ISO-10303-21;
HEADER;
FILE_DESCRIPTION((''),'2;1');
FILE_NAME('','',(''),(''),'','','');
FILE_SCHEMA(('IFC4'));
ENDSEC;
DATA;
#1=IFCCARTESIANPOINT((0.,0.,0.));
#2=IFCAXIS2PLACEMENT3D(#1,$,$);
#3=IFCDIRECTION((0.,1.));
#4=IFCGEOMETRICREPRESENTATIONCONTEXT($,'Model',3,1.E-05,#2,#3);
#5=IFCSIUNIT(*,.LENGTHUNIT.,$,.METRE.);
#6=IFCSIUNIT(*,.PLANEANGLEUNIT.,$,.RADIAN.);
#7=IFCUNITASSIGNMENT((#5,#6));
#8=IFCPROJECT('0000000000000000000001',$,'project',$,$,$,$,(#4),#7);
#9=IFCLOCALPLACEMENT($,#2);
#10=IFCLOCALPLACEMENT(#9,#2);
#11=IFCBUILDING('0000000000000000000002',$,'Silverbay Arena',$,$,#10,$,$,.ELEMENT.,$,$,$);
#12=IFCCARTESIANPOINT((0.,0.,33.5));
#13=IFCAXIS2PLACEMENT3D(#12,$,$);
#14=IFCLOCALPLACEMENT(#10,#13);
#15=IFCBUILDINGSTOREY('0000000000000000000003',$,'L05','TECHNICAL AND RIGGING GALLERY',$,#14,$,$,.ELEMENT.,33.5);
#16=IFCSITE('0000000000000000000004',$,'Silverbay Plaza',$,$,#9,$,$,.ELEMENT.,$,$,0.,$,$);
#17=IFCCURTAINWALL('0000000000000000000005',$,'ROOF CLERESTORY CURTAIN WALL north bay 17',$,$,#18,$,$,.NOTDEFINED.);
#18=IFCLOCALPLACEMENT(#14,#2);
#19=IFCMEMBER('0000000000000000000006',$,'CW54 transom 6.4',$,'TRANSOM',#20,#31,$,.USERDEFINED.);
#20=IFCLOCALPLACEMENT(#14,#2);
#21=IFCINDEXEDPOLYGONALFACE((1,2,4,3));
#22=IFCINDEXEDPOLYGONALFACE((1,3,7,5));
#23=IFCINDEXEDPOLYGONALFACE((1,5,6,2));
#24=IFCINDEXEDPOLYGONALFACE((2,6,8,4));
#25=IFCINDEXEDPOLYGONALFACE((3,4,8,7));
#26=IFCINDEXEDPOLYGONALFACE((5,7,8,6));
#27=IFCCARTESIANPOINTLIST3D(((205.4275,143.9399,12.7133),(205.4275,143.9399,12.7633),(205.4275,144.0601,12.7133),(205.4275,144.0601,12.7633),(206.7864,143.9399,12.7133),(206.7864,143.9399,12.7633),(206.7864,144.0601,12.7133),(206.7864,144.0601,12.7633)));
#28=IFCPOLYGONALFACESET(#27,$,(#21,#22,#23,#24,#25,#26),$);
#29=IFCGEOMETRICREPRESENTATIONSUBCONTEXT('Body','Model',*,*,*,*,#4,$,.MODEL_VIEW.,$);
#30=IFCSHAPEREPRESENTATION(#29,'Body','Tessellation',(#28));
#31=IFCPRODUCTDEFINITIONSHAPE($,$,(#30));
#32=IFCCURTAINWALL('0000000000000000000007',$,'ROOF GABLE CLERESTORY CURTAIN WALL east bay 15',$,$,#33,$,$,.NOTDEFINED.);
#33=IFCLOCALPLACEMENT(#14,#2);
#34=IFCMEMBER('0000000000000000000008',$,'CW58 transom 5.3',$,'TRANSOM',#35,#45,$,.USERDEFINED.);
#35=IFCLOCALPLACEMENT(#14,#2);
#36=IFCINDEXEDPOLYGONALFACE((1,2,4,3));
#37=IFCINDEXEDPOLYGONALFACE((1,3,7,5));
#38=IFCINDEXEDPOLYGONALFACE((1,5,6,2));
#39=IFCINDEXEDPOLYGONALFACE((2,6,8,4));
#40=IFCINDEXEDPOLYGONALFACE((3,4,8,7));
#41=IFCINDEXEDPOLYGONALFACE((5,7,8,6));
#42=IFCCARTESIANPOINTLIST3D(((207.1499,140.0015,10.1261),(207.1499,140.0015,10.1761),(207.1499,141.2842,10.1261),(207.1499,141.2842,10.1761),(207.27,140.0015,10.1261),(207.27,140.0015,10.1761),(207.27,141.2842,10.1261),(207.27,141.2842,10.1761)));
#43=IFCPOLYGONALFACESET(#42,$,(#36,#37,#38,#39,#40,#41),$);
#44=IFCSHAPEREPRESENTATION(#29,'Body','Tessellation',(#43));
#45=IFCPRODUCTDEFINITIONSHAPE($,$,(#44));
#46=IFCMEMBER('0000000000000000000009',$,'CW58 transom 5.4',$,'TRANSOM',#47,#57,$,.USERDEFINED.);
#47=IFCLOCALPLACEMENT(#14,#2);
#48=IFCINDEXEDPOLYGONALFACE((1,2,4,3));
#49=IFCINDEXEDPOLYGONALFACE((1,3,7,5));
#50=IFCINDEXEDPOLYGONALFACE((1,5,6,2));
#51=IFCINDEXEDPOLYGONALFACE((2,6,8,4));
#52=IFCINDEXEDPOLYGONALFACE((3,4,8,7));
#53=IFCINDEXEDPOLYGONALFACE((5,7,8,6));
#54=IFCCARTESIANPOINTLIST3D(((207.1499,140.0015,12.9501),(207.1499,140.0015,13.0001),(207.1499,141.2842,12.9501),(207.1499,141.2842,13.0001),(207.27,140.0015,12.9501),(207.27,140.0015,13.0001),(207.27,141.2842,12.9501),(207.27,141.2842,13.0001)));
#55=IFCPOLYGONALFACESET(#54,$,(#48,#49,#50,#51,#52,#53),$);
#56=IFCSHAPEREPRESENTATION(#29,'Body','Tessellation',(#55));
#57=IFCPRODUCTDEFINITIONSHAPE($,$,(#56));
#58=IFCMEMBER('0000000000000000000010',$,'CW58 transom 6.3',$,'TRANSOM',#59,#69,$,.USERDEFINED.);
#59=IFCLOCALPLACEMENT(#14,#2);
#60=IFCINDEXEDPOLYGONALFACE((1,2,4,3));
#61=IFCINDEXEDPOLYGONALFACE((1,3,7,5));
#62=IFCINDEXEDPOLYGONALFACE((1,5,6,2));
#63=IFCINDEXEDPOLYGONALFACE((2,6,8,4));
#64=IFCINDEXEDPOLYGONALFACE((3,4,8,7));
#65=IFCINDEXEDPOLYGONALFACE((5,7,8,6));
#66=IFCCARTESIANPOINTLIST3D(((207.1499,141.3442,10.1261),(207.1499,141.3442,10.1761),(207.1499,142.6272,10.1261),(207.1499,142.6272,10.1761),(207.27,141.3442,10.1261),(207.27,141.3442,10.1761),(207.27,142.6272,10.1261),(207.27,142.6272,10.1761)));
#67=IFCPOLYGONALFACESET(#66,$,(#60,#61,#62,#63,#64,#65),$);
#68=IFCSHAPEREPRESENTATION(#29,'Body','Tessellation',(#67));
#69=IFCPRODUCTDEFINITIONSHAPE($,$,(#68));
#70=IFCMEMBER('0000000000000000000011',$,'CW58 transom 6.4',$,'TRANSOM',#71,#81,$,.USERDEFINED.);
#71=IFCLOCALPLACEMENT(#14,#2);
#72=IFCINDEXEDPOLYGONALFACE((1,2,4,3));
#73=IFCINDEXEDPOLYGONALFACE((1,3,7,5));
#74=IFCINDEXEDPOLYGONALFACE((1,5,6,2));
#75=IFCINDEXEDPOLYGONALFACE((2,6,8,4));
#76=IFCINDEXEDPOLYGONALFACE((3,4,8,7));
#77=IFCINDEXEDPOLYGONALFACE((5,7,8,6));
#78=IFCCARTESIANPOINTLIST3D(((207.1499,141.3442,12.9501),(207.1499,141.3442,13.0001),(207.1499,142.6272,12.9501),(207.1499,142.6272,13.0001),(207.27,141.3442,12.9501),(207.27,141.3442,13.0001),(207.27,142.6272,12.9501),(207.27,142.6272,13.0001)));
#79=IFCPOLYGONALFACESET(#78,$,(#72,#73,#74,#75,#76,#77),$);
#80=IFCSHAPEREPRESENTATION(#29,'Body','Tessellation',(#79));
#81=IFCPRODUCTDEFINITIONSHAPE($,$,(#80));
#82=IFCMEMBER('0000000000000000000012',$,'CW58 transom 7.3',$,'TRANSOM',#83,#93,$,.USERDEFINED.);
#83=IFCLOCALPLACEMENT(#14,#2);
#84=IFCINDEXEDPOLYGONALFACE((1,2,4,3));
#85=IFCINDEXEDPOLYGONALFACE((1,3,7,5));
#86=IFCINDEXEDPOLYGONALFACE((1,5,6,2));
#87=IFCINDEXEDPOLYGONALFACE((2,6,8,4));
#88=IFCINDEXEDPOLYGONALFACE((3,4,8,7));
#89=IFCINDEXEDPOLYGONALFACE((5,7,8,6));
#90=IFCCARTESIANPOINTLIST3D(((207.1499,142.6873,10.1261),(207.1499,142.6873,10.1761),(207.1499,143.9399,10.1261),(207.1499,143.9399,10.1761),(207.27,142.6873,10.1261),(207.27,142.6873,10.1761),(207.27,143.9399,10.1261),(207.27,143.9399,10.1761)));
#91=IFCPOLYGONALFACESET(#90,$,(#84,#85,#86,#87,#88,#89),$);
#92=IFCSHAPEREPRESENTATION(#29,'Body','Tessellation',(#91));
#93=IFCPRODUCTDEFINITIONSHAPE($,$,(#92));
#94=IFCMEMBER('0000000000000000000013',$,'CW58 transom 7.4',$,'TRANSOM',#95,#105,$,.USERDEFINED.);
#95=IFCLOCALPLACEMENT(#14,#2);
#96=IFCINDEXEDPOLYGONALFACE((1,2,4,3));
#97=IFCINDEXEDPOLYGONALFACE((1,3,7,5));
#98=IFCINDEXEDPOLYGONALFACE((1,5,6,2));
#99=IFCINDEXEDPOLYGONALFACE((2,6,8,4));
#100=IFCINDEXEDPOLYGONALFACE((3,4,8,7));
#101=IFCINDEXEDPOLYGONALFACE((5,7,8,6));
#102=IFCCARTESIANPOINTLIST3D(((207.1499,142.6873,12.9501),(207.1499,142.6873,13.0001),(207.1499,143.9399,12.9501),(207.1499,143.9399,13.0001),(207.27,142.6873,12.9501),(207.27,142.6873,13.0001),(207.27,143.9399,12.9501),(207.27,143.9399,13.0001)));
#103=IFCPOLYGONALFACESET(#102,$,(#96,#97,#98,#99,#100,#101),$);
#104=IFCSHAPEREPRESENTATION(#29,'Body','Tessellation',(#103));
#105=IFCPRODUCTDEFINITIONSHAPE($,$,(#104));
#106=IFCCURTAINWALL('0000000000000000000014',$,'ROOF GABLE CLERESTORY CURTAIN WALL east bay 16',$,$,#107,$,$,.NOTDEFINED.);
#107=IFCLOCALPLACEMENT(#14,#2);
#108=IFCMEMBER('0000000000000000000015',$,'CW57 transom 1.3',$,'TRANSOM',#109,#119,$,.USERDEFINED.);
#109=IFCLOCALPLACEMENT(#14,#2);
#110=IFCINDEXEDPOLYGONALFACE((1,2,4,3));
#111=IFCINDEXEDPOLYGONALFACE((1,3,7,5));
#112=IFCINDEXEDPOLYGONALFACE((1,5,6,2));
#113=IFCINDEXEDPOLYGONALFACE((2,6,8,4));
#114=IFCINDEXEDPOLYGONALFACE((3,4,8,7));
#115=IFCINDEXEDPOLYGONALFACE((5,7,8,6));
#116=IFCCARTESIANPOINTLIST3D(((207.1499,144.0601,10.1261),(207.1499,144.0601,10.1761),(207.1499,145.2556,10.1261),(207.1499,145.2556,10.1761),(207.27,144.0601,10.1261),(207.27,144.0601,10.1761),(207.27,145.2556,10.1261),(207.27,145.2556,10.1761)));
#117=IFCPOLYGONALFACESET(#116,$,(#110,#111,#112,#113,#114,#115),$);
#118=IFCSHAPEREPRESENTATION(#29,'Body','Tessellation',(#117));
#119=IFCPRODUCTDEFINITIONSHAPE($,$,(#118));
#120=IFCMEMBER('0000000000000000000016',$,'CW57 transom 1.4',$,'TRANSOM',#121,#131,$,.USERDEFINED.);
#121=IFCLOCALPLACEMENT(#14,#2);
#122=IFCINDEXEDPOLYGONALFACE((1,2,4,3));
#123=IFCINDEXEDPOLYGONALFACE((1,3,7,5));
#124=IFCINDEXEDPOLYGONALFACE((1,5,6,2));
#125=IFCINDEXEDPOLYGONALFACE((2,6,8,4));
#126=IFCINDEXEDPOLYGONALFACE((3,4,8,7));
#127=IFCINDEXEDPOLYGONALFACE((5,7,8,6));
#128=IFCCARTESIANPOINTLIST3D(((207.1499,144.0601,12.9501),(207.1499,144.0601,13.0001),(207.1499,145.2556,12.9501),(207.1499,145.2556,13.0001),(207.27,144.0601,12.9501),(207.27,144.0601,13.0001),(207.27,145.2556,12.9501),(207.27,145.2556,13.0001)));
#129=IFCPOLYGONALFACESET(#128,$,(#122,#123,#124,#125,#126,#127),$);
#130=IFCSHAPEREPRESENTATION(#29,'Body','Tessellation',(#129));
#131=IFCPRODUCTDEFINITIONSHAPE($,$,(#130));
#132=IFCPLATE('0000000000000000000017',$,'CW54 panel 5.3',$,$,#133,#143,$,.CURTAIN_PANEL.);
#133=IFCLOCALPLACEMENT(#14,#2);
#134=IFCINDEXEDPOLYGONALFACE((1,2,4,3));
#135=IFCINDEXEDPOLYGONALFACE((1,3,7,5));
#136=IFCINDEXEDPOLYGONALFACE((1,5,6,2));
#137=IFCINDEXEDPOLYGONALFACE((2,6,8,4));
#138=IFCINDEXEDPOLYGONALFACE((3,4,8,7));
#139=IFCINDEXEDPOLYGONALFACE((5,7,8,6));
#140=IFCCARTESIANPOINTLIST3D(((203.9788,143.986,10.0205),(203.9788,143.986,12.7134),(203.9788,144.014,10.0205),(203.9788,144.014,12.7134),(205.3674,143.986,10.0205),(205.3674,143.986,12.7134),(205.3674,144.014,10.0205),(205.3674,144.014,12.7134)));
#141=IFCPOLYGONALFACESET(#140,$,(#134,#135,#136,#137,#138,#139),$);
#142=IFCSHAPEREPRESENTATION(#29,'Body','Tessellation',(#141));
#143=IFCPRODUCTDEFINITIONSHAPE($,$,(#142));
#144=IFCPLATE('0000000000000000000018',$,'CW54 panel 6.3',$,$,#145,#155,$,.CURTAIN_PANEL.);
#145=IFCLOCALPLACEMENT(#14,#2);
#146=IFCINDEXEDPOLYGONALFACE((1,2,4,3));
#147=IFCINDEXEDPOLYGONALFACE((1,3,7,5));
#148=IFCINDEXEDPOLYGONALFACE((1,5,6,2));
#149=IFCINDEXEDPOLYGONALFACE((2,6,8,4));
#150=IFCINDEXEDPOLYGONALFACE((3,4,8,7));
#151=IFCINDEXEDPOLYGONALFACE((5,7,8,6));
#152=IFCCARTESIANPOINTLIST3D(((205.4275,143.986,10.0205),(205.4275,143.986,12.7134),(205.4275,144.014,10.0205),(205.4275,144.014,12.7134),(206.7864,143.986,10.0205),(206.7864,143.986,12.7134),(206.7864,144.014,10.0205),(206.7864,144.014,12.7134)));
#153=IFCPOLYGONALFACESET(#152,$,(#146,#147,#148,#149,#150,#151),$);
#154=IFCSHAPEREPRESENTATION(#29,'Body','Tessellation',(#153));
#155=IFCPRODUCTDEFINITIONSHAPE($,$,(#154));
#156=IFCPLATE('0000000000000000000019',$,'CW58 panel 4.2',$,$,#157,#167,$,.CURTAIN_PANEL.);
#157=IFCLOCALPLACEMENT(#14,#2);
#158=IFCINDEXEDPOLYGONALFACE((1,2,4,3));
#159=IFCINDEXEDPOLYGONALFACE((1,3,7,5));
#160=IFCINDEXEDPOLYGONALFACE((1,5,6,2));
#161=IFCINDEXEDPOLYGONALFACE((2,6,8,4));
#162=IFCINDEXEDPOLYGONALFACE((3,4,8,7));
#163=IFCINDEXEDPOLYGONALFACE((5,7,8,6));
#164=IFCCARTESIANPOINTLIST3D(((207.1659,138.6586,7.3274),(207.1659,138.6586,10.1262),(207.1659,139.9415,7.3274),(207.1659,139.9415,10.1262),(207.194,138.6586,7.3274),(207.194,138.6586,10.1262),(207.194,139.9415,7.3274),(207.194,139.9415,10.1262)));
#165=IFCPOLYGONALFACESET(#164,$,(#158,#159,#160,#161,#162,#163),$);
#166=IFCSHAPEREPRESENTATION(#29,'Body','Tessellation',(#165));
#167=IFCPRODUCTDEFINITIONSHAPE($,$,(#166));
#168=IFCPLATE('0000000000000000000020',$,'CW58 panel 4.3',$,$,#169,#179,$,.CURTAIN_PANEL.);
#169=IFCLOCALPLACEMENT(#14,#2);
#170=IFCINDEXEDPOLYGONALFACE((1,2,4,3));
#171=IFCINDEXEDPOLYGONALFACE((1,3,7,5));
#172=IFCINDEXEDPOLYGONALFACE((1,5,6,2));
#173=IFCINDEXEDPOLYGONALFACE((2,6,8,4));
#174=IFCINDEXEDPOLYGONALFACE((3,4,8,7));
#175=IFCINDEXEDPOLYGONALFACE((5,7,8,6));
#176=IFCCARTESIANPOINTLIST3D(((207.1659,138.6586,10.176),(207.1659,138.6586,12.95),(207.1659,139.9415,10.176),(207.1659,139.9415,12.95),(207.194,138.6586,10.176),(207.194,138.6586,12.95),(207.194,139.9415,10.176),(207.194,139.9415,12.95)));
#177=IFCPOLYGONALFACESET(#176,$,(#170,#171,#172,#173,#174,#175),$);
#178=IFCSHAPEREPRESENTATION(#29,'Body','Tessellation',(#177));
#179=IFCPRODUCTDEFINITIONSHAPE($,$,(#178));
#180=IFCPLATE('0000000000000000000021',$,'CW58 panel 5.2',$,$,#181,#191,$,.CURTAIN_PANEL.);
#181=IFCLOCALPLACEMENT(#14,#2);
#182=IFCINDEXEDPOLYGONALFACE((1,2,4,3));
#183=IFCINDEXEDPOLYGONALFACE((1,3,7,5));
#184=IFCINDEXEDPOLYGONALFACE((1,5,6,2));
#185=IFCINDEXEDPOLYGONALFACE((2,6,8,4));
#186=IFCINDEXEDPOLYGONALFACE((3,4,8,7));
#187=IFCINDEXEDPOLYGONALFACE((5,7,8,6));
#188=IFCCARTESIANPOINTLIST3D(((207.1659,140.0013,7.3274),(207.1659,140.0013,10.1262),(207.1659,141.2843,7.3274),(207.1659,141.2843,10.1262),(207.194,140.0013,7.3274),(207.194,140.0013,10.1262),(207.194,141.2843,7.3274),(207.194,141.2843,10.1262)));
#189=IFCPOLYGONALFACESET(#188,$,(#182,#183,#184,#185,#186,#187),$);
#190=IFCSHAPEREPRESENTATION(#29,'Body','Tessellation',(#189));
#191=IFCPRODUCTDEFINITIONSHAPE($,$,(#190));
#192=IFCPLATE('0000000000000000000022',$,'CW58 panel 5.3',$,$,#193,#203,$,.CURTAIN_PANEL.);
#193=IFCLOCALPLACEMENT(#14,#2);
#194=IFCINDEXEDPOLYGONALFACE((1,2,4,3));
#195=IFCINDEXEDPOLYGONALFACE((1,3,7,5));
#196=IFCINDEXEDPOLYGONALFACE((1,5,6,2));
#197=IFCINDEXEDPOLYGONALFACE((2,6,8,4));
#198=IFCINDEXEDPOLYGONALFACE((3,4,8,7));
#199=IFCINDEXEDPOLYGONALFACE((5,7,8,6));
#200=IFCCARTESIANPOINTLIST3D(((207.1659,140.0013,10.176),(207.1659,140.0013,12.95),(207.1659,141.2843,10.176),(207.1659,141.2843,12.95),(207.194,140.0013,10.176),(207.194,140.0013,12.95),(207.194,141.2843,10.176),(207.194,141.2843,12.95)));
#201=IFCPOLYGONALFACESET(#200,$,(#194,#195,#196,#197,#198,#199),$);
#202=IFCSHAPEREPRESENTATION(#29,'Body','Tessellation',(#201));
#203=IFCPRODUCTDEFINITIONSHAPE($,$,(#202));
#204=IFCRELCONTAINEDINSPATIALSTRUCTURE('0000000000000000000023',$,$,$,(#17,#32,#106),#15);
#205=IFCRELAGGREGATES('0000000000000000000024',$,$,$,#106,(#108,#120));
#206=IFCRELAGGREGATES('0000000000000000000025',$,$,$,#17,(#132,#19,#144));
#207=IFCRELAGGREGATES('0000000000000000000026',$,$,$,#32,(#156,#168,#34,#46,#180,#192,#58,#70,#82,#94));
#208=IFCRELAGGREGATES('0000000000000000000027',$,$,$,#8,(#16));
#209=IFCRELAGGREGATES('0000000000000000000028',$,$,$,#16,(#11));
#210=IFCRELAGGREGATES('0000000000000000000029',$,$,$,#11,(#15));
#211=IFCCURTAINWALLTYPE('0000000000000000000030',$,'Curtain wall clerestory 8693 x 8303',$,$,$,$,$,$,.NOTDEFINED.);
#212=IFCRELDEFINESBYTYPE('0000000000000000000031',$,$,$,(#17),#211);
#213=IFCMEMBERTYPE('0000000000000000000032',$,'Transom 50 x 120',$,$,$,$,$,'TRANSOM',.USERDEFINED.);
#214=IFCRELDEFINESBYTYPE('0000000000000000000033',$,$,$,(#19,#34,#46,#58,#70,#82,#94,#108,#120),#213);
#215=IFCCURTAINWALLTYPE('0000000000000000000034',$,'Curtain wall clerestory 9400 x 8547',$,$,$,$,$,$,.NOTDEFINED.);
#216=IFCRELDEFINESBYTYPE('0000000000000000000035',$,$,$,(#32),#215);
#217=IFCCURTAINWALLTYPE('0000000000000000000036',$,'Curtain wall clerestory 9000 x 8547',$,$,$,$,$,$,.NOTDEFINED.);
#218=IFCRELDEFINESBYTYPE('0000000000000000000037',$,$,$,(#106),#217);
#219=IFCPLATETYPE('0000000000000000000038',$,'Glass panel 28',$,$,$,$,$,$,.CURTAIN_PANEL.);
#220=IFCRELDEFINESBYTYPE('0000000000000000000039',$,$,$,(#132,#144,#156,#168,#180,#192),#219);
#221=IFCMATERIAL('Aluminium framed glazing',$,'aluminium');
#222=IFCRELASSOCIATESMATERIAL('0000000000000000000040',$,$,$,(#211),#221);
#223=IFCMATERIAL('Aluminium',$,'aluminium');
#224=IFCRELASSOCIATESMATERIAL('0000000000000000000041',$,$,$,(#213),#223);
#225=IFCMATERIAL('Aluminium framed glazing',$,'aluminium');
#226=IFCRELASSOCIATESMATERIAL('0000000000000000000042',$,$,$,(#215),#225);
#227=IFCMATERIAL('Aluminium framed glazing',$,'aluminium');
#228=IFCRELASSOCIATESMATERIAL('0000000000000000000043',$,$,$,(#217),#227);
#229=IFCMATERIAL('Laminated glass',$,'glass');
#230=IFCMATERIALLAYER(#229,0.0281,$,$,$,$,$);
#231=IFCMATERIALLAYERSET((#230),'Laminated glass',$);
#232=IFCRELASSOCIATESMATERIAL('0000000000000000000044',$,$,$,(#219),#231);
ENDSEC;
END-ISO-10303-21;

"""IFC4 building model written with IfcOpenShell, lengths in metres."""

from ifc_helpers import new_model, si_unit, direction, frame, origin, origin_2d, place, context, subcontext, project, spatial, rectangle, extrude, material, layer, layer_set, material_profile, profile_set, type_object, element, aggregate, save


model = new_model("IFC4")

# Units and contexts
model_context = context("Model", 3, precision=1e-05, world=origin(), true_north=direction((0.0, 1.0)))
body_context = subcontext(model_context, "Body", "Model", "MODEL_VIEW")
ifc_project = project(units=[si_unit("LENGTHUNIT", "METRE"), si_unit("PLANEANGLEUNIT", "RADIAN")], contexts=[model_context])

# Site, building, storey
site_placement = place(None, origin())
site = spatial("IfcSite", under=ifc_project, at=site_placement, Name="Silverbay Plaza", CompositionType="ELEMENT", RefElevation=0.0)
building_placement = place(site_placement, origin())
building = spatial("IfcBuilding", under=site, at=building_placement, Name="Silverbay Arena", CompositionType="ELEMENT")
storey_placement = place(building_placement, frame((0.0, 0.0, 33.5)))
storey = spatial("IfcBuildingStorey", under=building, at=storey_placement, Name="L05", Description="TECHNICAL AND RIGGING GALLERY", CompositionType="ELEMENT", Elevation=33.5)

# Curtain walls, members
ifc_material_1 = material(Name="Aluminium framed glazing", Category="aluminium")
curtain_wall_type_1 = type_object("IfcCurtainWallType", Name="Curtain wall clerestory 8693 x 8303", PredefinedType="NOTDEFINED", material=ifc_material_1)
curtain_wall_1_placement = place(storey_placement, origin())
curtain_wall_1 = element("IfcCurtainWall", 1, at=curtain_wall_1_placement, inside=storey, type_object=curtain_wall_type_1, Name="ROOF CLERESTORY CURTAIN WALL north bay 17", PredefinedType="NOTDEFINED")
ifc_material_2 = material(Name="Aluminium", Category="aluminium")
ifc_material_profile_1 = material_profile(ifc_material_2, rectangle(XDim=0.1201, YDim=0.05, at=origin_2d()), Name="Transom 50 x 120")
ifc_profile_set_1 = profile_set([ifc_material_profile_1], Name="Aluminium")
member_type_1 = type_object("IfcMemberType", Name="Transom 50 x 120", ElementType="TRANSOM", PredefinedType="USERDEFINED", material=ifc_profile_set_1)
member_1_placement = place(storey_placement, frame((205.4275, 144.0, 12.7383), z_axis=(1.0, 0.0, 0.0), x_axis=(0.0, 1.0, 0.0)))
member_1 = element("IfcMember", 2, at=member_1_placement, type_object=member_type_1, Name="CW54 transom 6.4", ObjectType="TRANSOM", PredefinedType="USERDEFINED", context=body_context, shape_type="SweptSolid", body=[
    extrude(rectangle(XDim=0.1201, YDim=0.05, at=origin_2d()), origin(), (0.0, 0.0, 1.0), 1.3589),
])
ifc_material_3 = material(Name="Aluminium framed glazing", Category="aluminium")
curtain_wall_type_2 = type_object("IfcCurtainWallType", Name="Curtain wall clerestory 9400 x 8547", PredefinedType="NOTDEFINED", material=ifc_material_3)
curtain_wall_2_placement = place(storey_placement, origin())
curtain_wall_2 = element("IfcCurtainWall", 3, at=curtain_wall_2_placement, inside=storey, type_object=curtain_wall_type_2, Name="ROOF GABLE CLERESTORY CURTAIN WALL east bay 15", PredefinedType="NOTDEFINED")
member_2_placement = place(storey_placement, frame((207.21, 140.0015, 10.1511), z_axis=(0.0, 1.0, 0.0), x_axis=(-1.0, 0.0, 0.0)))
member_2 = element("IfcMember", 4, at=member_2_placement, type_object=member_type_1, Name="CW58 transom 5.3", ObjectType="TRANSOM", PredefinedType="USERDEFINED", context=body_context, shape_type="SweptSolid", body=[
    extrude(rectangle(XDim=0.1201, YDim=0.05, at=origin_2d()), origin(), (0.0, 0.0, 1.0), 1.2827),
])
member_3_placement = place(storey_placement, frame((207.21, 140.0015, 12.9751), z_axis=(0.0, 1.0, 0.0), x_axis=(-1.0, 0.0, 0.0)))
member_3 = element("IfcMember", 5, at=member_3_placement, type_object=member_type_1, Name="CW58 transom 5.4", ObjectType="TRANSOM", PredefinedType="USERDEFINED", context=body_context, shape_type="SweptSolid", body=[
    extrude(rectangle(XDim=0.1201, YDim=0.05, at=origin_2d()), origin(), (0.0, 0.0, 1.0), 1.2827),
])
member_4_placement = place(storey_placement, frame((207.21, 141.3442, 10.1511), z_axis=(0.0, 1.0, 0.0), x_axis=(-1.0, 0.0, 0.0)))
member_4 = element("IfcMember", 6, at=member_4_placement, type_object=member_type_1, Name="CW58 transom 6.3", ObjectType="TRANSOM", PredefinedType="USERDEFINED", context=body_context, shape_type="SweptSolid", body=[
    extrude(rectangle(XDim=0.1201, YDim=0.05, at=origin_2d()), origin(), (0.0, 0.0, 1.0), 1.283),
])
member_5_placement = place(storey_placement, frame((207.21, 141.3442, 12.9751), z_axis=(0.0, 1.0, 0.0), x_axis=(-1.0, 0.0, 0.0)))
member_5 = element("IfcMember", 7, at=member_5_placement, type_object=member_type_1, Name="CW58 transom 6.4", ObjectType="TRANSOM", PredefinedType="USERDEFINED", context=body_context, shape_type="SweptSolid", body=[
    extrude(rectangle(XDim=0.1201, YDim=0.05, at=origin_2d()), origin(), (0.0, 0.0, 1.0), 1.283),
])
member_6_placement = place(storey_placement, frame((207.21, 142.6873, 10.1511), z_axis=(0.0, 1.0, 0.0), x_axis=(-1.0, 0.0, 0.0)))
member_6 = element("IfcMember", 8, at=member_6_placement, type_object=member_type_1, Name="CW58 transom 7.3", ObjectType="TRANSOM", PredefinedType="USERDEFINED", context=body_context, shape_type="SweptSolid", body=[
    extrude(rectangle(XDim=0.1201, YDim=0.05, at=origin_2d()), origin(), (0.0, 0.0, 1.0), 1.2527),
])
member_7_placement = place(storey_placement, frame((207.21, 142.6873, 12.9751), z_axis=(0.0, 1.0, 0.0), x_axis=(-1.0, 0.0, 0.0)))
member_7 = element("IfcMember", 9, at=member_7_placement, type_object=member_type_1, Name="CW58 transom 7.4", ObjectType="TRANSOM", PredefinedType="USERDEFINED", context=body_context, shape_type="SweptSolid", body=[
    extrude(rectangle(XDim=0.1201, YDim=0.05, at=origin_2d()), origin(), (0.0, 0.0, 1.0), 1.2527),
])
ifc_material_4 = material(Name="Aluminium framed glazing", Category="aluminium")
curtain_wall_type_3 = type_object("IfcCurtainWallType", Name="Curtain wall clerestory 9000 x 8547", PredefinedType="NOTDEFINED", material=ifc_material_4)
curtain_wall_3_placement = place(storey_placement, origin())
curtain_wall_3 = element("IfcCurtainWall", 10, at=curtain_wall_3_placement, inside=storey, type_object=curtain_wall_type_3, Name="ROOF GABLE CLERESTORY CURTAIN WALL east bay 16", PredefinedType="NOTDEFINED")
member_8_placement = place(storey_placement, frame((207.21, 144.0601, 10.1511), z_axis=(0.0, 1.0, 0.0), x_axis=(-1.0, 0.0, 0.0)))
member_8 = element("IfcMember", 11, at=member_8_placement, type_object=member_type_1, Name="CW57 transom 1.3", ObjectType="TRANSOM", PredefinedType="USERDEFINED", context=body_context, shape_type="SweptSolid", body=[
    extrude(rectangle(XDim=0.1201, YDim=0.05, at=origin_2d()), origin(), (0.0, 0.0, 1.0), 1.1956),
])
member_9_placement = place(storey_placement, frame((207.21, 144.0601, 12.9751), z_axis=(0.0, 1.0, 0.0), x_axis=(-1.0, 0.0, 0.0)))
member_9 = element("IfcMember", 12, at=member_9_placement, type_object=member_type_1, Name="CW57 transom 1.4", ObjectType="TRANSOM", PredefinedType="USERDEFINED", context=body_context, shape_type="SweptSolid", body=[
    extrude(rectangle(XDim=0.1201, YDim=0.05, at=origin_2d()), origin(), (0.0, 0.0, 1.0), 1.1956),
])
aggregate(curtain_wall_3, [member_8, member_9])

# Plates
ifc_material_5 = material(Name="Laminated glass", Category="glass")
ifc_layer = layer(ifc_material_5, 0.0281)
ifc_layer_set = layer_set([ifc_layer], Name="Laminated glass")
plate_type = type_object("IfcPlateType", Name="Glass panel 28", PredefinedType="CURTAIN_PANEL", material=ifc_layer_set)
plate_1_placement = place(storey_placement, frame((204.6731, 144.0, 10.0205), z_axis=(0.0, 0.0, 1.0), x_axis=(1.0, 0.0, 0.0)))
plate_1 = element("IfcPlate", 13, at=plate_1_placement, type_object=plate_type, Name="CW54 panel 5.3", PredefinedType="CURTAIN_PANEL", context=body_context, shape_type="SweptSolid", body=[
    extrude(rectangle(XDim=1.3887, YDim=0.0281, at=origin_2d()), origin(), (0.0, 0.0, 1.0), 2.6929),
])
plate_2_placement = place(storey_placement, frame((206.1069, 144.0, 10.0205), z_axis=(0.0, 0.0, 1.0), x_axis=(1.0, 0.0, 0.0)))
plate_2 = element("IfcPlate", 14, at=plate_2_placement, type_object=plate_type, Name="CW54 panel 6.3", PredefinedType="CURTAIN_PANEL", context=body_context, shape_type="SweptSolid", body=[
    extrude(rectangle(XDim=1.3589, YDim=0.0281, at=origin_2d()), origin(), (0.0, 0.0, 1.0), 2.6929),
])
aggregate(curtain_wall_1, [plate_1, member_1, plate_2])
plate_3_placement = place(storey_placement, frame((207.1799, 139.3, 7.3274), z_axis=(0.0, 0.0, 1.0), x_axis=(0.0, 1.0, 0.0)))
plate_3 = element("IfcPlate", 15, at=plate_3_placement, type_object=plate_type, Name="CW58 panel 4.2", PredefinedType="CURTAIN_PANEL", context=body_context, shape_type="SweptSolid", body=[
    extrude(rectangle(XDim=1.283, YDim=0.0281, at=origin_2d()), origin(), (0.0, 0.0, 1.0), 2.7988),
])
plate_4_placement = place(storey_placement, frame((207.1799, 139.3, 10.176), z_axis=(0.0, 0.0, 1.0), x_axis=(0.0, 1.0, 0.0)))
plate_4 = element("IfcPlate", 16, at=plate_4_placement, type_object=plate_type, Name="CW58 panel 4.3", PredefinedType="CURTAIN_PANEL", context=body_context, shape_type="SweptSolid", body=[
    extrude(rectangle(XDim=1.283, YDim=0.0281, at=origin_2d()), origin(), (0.0, 0.0, 1.0), 2.7739),
])
plate_5_placement = place(storey_placement, frame((207.1799, 140.6428, 7.3274), z_axis=(0.0, 0.0, 1.0), x_axis=(0.0, 1.0, 0.0)))
plate_5 = element("IfcPlate", 17, at=plate_5_placement, type_object=plate_type, Name="CW58 panel 5.2", PredefinedType="CURTAIN_PANEL", context=body_context, shape_type="SweptSolid", body=[
    extrude(rectangle(XDim=1.283, YDim=0.0281, at=origin_2d()), origin(), (0.0, 0.0, 1.0), 2.7988),
])
plate_6_placement = place(storey_placement, frame((207.1799, 140.6428, 10.176), z_axis=(0.0, 0.0, 1.0), x_axis=(0.0, 1.0, 0.0)))
plate_6 = element("IfcPlate", 18, at=plate_6_placement, type_object=plate_type, Name="CW58 panel 5.3", PredefinedType="CURTAIN_PANEL", context=body_context, shape_type="SweptSolid", body=[
    extrude(rectangle(XDim=1.283, YDim=0.0281, at=origin_2d()), origin(), (0.0, 0.0, 1.0), 2.7739),
])
aggregate(curtain_wall_2, [plate_3, plate_4, member_2, member_3, plate_5, plate_6, member_4, member_5, member_6, member_7])

save(model, "model.ifc")
